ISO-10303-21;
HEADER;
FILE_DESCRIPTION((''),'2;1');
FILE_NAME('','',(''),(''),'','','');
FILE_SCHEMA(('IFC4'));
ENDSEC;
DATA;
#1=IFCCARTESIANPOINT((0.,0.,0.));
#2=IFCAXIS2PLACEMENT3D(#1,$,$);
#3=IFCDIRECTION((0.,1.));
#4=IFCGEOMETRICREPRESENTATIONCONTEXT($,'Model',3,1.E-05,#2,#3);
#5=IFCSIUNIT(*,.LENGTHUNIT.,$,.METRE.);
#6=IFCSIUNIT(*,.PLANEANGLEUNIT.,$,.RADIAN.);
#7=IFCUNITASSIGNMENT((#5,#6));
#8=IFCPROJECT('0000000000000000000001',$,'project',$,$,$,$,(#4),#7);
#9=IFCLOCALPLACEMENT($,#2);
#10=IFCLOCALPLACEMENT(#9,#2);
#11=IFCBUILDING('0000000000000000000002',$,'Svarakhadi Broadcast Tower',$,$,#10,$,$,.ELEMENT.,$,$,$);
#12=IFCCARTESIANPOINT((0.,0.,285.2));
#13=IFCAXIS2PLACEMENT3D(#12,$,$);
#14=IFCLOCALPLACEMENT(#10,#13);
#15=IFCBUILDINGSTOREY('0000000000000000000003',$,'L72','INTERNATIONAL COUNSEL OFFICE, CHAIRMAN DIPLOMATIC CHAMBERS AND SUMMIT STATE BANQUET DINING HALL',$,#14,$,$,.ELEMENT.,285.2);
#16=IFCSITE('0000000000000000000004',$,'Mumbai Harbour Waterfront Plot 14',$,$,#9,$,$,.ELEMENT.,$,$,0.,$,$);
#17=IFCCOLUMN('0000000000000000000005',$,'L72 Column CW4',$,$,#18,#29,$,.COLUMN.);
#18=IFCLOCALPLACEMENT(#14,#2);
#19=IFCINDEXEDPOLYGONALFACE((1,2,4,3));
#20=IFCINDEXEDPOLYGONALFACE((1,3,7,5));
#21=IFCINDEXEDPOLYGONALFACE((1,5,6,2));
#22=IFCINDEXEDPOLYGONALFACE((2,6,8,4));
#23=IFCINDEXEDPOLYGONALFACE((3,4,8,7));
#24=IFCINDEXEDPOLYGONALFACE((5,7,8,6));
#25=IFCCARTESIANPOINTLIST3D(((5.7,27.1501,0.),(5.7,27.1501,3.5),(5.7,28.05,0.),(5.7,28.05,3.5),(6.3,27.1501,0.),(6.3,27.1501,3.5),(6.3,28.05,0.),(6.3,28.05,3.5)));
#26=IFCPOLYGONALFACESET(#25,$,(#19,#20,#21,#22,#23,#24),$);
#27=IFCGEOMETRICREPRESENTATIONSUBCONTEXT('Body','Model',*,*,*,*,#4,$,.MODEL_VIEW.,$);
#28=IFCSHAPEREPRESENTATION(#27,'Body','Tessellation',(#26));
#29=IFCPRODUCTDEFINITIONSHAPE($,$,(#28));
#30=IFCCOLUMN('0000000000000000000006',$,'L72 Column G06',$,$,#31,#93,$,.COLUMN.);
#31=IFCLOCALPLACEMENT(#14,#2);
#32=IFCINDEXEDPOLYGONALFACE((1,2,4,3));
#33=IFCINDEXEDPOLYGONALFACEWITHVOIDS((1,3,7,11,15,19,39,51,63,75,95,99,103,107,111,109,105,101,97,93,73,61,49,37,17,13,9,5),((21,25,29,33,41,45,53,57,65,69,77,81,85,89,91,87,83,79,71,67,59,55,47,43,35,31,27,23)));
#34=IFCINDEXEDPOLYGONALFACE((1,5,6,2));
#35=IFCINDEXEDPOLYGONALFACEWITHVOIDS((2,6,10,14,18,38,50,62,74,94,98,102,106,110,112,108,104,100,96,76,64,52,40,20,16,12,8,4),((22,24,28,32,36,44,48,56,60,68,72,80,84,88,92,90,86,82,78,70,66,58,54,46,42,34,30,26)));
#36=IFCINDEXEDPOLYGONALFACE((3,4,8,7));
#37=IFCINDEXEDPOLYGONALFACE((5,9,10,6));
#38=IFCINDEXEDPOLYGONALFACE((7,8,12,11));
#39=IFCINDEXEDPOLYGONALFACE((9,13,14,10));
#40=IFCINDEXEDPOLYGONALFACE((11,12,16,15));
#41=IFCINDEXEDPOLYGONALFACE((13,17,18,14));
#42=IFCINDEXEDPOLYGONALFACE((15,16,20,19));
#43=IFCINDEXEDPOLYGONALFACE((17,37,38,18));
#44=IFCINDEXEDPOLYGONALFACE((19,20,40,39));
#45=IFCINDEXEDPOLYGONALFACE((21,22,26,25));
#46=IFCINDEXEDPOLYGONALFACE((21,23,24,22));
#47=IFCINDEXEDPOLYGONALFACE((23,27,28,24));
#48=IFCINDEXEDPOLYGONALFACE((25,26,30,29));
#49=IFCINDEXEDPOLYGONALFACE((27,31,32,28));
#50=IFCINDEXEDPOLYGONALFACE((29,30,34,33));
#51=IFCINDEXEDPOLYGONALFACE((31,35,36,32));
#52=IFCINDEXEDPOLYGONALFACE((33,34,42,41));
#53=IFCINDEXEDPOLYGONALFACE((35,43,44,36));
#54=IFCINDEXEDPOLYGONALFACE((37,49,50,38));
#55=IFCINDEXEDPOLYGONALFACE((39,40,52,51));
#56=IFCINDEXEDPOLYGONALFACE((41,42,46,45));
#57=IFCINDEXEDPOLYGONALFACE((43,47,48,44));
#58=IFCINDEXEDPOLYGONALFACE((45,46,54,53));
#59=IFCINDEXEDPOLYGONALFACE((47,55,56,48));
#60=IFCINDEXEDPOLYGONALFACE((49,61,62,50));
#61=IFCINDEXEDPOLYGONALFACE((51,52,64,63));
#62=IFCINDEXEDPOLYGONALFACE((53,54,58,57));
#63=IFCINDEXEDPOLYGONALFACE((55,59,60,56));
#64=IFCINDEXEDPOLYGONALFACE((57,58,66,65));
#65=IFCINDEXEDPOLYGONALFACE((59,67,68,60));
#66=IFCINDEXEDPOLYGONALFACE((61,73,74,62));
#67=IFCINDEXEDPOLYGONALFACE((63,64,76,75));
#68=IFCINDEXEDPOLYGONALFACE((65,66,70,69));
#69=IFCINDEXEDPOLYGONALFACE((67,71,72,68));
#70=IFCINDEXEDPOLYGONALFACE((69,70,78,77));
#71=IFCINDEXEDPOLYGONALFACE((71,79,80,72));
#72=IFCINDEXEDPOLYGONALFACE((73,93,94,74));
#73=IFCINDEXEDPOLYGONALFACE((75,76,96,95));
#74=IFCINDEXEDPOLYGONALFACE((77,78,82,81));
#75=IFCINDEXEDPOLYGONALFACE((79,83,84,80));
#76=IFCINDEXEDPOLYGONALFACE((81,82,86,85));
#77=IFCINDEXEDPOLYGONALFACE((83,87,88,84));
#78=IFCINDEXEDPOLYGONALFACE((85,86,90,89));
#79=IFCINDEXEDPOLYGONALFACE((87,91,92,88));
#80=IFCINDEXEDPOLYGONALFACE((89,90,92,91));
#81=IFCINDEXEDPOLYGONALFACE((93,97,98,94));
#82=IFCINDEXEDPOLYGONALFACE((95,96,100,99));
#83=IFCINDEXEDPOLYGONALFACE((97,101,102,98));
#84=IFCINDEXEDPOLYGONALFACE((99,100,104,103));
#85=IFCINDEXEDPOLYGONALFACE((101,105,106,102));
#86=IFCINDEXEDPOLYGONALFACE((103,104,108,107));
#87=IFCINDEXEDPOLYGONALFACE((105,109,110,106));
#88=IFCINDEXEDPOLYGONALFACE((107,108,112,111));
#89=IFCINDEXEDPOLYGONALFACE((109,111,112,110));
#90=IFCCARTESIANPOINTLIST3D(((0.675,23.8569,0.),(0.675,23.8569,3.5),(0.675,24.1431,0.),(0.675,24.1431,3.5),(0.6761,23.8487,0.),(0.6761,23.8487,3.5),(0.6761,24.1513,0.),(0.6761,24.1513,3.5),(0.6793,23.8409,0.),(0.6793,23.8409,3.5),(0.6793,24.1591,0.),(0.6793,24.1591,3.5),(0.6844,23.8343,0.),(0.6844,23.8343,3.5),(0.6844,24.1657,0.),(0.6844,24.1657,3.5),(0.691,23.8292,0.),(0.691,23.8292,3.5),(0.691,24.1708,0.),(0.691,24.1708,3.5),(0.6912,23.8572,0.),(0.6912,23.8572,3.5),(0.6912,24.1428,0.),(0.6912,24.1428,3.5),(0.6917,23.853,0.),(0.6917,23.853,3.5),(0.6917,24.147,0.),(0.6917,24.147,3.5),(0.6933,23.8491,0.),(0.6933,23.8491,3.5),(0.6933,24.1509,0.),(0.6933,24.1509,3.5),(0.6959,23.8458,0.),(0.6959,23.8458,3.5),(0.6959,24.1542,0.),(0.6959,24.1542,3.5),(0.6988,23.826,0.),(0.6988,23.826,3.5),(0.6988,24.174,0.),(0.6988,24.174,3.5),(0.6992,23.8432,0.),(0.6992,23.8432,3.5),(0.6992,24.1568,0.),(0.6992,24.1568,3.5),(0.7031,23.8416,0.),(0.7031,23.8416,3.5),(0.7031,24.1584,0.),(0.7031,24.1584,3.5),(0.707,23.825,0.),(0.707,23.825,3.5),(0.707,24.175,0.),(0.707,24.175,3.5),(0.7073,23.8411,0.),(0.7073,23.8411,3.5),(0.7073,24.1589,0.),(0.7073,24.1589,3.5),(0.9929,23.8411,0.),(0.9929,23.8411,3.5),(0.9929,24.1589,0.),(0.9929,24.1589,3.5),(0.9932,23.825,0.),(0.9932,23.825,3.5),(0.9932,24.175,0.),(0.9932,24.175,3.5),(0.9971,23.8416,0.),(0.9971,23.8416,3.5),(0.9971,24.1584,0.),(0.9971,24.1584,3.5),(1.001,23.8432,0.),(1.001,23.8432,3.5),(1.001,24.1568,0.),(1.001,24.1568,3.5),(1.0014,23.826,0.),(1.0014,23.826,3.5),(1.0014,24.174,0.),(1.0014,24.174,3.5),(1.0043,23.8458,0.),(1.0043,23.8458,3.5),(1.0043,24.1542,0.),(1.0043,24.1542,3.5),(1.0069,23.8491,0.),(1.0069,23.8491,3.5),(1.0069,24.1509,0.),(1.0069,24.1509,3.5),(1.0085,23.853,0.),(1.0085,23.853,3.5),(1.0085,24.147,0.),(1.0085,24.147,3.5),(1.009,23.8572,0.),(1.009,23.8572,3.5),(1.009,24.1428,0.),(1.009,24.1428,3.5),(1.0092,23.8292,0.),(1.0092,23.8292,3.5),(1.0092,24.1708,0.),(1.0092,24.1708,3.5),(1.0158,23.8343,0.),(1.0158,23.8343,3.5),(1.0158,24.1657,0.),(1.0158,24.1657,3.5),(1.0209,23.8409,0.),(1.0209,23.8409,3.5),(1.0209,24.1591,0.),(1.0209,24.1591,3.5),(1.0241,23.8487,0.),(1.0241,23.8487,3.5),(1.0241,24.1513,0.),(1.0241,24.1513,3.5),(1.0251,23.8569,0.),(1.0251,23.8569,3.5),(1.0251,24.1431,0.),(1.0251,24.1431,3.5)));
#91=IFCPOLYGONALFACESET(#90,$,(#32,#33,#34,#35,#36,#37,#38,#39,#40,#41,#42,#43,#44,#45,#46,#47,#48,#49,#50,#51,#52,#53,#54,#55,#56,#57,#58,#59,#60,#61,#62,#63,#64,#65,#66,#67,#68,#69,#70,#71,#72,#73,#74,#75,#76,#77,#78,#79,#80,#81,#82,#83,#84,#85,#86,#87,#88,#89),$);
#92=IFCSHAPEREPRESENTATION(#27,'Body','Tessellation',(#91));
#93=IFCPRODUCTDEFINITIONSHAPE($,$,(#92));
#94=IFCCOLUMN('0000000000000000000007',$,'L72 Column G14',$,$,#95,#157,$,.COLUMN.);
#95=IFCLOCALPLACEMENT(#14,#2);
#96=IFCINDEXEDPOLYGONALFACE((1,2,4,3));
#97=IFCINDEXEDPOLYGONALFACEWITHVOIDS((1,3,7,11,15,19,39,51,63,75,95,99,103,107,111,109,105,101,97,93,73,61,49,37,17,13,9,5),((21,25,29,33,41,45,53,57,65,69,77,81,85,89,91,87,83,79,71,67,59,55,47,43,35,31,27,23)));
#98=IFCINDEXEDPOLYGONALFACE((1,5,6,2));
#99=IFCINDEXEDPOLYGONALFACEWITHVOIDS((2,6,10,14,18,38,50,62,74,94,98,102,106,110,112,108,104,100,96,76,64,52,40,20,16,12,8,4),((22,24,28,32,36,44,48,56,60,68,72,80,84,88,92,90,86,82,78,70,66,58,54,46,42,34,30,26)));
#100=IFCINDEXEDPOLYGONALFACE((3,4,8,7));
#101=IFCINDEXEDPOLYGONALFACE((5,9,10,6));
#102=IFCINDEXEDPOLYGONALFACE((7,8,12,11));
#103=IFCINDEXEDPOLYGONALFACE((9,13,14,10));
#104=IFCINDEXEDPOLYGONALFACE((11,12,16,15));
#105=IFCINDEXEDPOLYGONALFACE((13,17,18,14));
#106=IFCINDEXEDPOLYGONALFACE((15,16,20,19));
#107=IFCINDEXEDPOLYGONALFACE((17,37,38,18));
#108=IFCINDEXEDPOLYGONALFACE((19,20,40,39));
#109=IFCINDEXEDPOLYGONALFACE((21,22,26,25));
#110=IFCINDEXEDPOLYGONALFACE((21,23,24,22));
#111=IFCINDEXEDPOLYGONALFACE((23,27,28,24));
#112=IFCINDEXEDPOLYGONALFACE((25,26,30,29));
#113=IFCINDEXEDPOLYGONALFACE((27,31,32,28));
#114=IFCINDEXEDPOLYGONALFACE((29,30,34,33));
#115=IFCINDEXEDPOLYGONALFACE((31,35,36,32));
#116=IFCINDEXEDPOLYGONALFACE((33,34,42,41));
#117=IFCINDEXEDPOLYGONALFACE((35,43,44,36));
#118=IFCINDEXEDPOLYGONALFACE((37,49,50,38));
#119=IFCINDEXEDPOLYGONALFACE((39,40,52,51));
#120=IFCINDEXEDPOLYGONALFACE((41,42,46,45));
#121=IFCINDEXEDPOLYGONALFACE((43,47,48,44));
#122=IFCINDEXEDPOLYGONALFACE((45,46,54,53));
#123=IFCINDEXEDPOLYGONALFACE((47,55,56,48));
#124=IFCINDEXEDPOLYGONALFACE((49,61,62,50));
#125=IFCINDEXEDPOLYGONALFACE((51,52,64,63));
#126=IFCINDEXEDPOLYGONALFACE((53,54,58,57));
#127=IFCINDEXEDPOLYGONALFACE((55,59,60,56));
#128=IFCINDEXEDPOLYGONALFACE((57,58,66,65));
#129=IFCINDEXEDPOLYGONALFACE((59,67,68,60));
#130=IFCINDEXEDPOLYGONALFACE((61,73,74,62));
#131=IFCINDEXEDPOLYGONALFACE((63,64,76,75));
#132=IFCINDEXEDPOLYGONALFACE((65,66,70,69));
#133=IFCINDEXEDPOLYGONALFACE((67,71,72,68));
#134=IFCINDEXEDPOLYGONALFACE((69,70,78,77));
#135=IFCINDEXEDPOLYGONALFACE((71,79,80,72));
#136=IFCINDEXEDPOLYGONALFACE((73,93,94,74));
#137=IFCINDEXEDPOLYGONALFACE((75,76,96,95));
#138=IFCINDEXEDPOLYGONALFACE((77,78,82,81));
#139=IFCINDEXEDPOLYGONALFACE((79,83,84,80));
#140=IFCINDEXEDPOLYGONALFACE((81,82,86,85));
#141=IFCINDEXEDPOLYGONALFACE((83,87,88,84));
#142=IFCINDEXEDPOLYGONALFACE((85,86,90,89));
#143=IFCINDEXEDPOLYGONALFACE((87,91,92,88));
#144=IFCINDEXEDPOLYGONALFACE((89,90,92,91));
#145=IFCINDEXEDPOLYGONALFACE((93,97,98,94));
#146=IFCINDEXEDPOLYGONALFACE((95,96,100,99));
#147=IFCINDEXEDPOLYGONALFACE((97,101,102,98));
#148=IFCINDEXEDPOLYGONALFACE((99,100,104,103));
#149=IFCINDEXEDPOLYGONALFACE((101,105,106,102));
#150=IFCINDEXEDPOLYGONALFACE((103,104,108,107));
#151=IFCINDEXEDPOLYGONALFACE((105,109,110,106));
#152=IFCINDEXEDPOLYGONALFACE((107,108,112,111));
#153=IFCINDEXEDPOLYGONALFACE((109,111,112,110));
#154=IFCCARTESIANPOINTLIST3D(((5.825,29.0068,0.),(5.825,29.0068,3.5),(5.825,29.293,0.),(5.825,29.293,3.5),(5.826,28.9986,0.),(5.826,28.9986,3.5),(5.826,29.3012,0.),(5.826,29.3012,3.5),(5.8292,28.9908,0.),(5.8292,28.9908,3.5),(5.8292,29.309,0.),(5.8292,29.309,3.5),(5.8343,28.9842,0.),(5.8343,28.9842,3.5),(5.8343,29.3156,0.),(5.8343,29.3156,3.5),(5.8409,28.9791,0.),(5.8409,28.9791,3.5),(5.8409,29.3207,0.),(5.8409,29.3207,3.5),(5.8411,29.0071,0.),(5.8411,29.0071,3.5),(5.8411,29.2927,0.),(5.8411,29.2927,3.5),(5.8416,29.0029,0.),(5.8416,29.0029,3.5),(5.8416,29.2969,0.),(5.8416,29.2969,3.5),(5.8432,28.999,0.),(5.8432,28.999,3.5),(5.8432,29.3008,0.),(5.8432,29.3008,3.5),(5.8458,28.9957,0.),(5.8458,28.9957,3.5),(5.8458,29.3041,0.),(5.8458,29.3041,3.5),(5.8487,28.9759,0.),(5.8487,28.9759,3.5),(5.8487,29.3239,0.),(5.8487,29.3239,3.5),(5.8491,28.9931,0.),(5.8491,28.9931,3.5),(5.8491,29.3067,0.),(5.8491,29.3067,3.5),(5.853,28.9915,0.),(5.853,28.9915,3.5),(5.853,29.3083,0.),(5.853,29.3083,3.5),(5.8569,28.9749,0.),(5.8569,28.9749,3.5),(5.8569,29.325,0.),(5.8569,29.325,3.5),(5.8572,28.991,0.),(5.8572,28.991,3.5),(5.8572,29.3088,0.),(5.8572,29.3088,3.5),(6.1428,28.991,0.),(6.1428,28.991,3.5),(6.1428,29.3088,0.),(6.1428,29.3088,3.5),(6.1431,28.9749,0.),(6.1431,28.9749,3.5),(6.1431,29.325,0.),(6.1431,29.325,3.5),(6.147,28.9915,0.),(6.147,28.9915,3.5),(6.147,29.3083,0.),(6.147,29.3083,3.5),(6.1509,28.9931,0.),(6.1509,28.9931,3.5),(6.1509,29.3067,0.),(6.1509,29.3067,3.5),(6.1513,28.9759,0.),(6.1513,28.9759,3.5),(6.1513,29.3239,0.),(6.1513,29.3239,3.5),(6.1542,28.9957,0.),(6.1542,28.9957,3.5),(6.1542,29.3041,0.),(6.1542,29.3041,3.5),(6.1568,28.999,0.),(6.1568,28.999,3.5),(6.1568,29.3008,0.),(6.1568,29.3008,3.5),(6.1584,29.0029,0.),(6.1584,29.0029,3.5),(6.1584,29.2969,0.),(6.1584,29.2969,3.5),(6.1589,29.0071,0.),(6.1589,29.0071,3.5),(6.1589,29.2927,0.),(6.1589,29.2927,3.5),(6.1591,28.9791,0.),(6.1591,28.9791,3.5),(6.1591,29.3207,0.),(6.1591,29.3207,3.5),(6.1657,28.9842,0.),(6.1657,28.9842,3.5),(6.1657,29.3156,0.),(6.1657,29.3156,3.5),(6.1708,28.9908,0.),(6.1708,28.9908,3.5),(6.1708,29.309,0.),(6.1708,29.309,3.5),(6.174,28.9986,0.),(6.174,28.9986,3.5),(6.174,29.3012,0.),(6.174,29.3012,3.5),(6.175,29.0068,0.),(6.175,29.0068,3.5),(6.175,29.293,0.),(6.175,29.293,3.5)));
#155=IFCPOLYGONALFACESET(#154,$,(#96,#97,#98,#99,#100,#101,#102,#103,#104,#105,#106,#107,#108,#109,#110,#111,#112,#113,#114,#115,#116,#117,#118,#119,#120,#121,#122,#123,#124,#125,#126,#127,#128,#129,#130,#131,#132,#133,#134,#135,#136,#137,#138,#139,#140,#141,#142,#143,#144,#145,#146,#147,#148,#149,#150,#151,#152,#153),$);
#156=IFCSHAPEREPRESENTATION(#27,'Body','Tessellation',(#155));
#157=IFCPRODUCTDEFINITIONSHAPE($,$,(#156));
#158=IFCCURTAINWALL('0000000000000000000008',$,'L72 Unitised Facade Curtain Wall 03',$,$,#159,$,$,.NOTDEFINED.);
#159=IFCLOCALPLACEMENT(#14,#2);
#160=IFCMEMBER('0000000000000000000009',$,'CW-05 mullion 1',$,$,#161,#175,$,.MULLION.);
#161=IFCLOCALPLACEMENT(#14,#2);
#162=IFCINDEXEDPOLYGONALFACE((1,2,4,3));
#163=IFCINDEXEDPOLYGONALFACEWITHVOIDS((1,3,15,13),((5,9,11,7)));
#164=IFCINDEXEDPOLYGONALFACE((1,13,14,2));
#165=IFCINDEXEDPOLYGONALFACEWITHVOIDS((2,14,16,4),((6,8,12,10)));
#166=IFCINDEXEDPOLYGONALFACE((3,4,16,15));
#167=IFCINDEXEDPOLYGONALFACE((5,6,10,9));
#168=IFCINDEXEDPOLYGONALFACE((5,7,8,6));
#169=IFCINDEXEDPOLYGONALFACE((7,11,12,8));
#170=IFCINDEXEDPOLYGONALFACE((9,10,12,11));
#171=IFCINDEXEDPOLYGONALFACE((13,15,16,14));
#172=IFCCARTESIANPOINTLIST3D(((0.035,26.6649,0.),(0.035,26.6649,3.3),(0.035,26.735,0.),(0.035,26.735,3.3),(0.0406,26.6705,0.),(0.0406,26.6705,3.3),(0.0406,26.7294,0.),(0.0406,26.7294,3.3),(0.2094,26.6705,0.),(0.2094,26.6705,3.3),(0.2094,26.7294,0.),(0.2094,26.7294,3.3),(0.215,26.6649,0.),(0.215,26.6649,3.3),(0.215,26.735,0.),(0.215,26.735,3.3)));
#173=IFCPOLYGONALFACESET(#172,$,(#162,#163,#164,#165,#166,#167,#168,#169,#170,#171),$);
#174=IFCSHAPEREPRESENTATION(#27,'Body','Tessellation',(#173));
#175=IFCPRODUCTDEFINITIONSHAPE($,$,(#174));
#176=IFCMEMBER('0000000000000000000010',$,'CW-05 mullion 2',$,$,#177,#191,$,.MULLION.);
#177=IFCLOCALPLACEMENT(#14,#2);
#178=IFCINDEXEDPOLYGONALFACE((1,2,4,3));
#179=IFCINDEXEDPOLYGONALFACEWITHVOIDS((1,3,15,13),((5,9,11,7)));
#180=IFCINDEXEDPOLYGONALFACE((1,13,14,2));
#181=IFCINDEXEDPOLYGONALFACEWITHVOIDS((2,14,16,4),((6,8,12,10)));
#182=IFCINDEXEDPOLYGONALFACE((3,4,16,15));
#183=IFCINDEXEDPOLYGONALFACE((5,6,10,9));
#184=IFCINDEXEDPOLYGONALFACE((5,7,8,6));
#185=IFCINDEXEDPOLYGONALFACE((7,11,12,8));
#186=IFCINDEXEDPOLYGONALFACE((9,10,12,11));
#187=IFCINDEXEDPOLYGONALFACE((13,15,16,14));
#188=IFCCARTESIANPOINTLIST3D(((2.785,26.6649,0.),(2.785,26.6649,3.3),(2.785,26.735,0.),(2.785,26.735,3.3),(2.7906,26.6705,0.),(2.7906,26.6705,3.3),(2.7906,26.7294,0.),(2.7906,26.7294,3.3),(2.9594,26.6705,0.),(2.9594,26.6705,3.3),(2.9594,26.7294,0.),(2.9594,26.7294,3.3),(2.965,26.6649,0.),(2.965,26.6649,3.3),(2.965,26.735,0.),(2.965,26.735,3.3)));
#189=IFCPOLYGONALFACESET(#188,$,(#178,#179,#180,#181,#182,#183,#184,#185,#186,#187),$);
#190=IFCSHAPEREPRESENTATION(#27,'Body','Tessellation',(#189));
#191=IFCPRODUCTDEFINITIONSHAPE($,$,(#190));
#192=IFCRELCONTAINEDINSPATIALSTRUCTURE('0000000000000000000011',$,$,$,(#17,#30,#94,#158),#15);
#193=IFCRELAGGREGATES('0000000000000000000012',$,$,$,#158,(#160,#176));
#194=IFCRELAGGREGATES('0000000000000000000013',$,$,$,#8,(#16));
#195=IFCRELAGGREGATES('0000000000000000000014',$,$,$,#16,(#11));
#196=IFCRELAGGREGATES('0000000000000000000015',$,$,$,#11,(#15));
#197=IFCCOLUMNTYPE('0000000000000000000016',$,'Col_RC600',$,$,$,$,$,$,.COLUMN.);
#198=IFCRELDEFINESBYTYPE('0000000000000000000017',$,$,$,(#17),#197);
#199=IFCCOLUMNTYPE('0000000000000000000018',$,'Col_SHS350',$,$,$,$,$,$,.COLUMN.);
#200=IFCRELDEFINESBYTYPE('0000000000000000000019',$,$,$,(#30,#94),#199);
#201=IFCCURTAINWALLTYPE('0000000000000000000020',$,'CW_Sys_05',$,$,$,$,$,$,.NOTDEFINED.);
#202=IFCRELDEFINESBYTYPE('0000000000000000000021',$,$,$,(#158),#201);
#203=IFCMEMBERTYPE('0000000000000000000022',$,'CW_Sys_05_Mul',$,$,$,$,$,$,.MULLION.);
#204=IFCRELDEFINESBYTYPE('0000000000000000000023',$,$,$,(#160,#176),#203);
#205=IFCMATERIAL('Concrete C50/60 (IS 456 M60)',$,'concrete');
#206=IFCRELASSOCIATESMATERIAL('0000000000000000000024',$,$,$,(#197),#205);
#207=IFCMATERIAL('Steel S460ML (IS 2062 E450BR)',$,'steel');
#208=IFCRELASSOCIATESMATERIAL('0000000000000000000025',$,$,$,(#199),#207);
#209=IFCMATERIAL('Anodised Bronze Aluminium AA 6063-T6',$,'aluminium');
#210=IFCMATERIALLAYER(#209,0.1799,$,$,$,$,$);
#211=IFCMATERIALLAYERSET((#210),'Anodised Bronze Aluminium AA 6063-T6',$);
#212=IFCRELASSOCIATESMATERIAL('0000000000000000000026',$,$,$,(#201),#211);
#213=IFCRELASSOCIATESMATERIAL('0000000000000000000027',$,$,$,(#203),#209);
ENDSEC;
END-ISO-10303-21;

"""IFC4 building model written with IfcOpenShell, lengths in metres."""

from ifc_helpers import new_model, si_unit, direction, frame, origin, origin_2d, place, context, subcontext, project, spatial, rectangle, hollow_rectangle, extrude, material, layer, layer_set, material_profile, profile_set, type_object, element, aggregate, save


model = new_model("IFC4")

# Units and contexts
model_context = context("Model", 3, precision=1e-05, world=origin(), true_north=direction((0.0, 1.0)))
body_context = subcontext(model_context, "Body", "Model", "MODEL_VIEW")
ifc_project = project(units=[si_unit("LENGTHUNIT", "METRE"), si_unit("PLANEANGLEUNIT", "RADIAN")], contexts=[model_context])

# Site, building, storey
site_placement = place(None, origin())
site = spatial("IfcSite", under=ifc_project, at=site_placement, Name="Mumbai Harbour Waterfront Plot 14", CompositionType="ELEMENT", RefElevation=0.0)
building_placement = place(site_placement, origin())
building = spatial("IfcBuilding", under=site, at=building_placement, Name="Svarakhadi Broadcast Tower", CompositionType="ELEMENT")
storey_placement = place(building_placement, frame((0.0, 0.0, 285.2)))
storey = spatial("IfcBuildingStorey", under=building, at=storey_placement, Name="L72", Description="INTERNATIONAL COUNSEL OFFICE, CHAIRMAN DIPLOMATIC CHAMBERS AND SUMMIT STATE BANQUET DINING HALL", CompositionType="ELEMENT", Elevation=285.2)

# Columns
ifc_material_1 = material(Name="Concrete C50/60 (IS 456 M60)", Category="concrete")
ifc_material_profile_1 = material_profile(ifc_material_1, rectangle(XDim=0.6001, YDim=0.8999, at=origin_2d()), Name="RC 600x900")
ifc_profile_set_1 = profile_set([ifc_material_profile_1], Name="Concrete C50/60 (IS 456 M60)")
column_type_1 = type_object("IfcColumnType", Name="Col_RC600", PredefinedType="COLUMN", material=ifc_profile_set_1)
column_placement = place(storey_placement, frame((6.0, 27.6001, 0.0), z_axis=(0.0, 0.0, 1.0), x_axis=(1.0, 0.0, 0.0)))
element("IfcColumn", 1, at=column_placement, inside=storey, type_object=column_type_1, Name="L72 Column CW4", PredefinedType="COLUMN", context=body_context, shape_type="SweptSolid", body=[
    extrude(rectangle(XDim=0.6001, YDim=0.8999, at=origin_2d()), origin(), (0.0, 0.0, 1.0), 3.5),
])
ifc_material_2 = material(Name="Steel S460ML (IS 2062 E450BR)", Category="steel")
ifc_material_profile_2 = material_profile(ifc_material_2, hollow_rectangle(XDim=0.3501, YDim=0.3501, WallThickness=0.0161, InnerFilletRadius=0.0161, OuterFilletRadius=0.032, at=origin_2d()), Name="SHS 350x350x16")
ifc_profile_set_2 = profile_set([ifc_material_profile_2], Name="Steel S460ML (IS 2062 E450BR)")
column_type_2 = type_object("IfcColumnType", Name="Col_SHS350", PredefinedType="COLUMN", material=ifc_profile_set_2)
for number, where, z_axis, x_axis, name in (
    (2, (0.8501, 24.0, 0.0), (0.0, 0.0, 1.0), (1.0, 0.0, 0.0), "L72 Column G06"),
    (3, (6.0, 29.1499, 0.0), (0.0, 0.0, 1.0), (1.0, 0.0, 0.0), "L72 Column G14"),
):
    element("IfcColumn", number, at=place(storey_placement, frame(where, z_axis=z_axis, x_axis=x_axis)), inside=storey, type_object=column_type_2, Name=name, PredefinedType="COLUMN", context=body_context, shape_type="SweptSolid", body=[
        extrude(hollow_rectangle(XDim=0.3501, YDim=0.3501, WallThickness=0.0161, InnerFilletRadius=0.0161, OuterFilletRadius=0.032, at=origin_2d()), origin(), (0.0, 0.0, 1.0), 3.5),
    ])

# Curtain wall, members
ifc_material_3 = material(Name="Anodised Bronze Aluminium AA 6063-T6", Category="aluminium")
ifc_layer_1 = layer(ifc_material_3, 0.1799)
ifc_layer_set_1 = layer_set([ifc_layer_1], Name="Anodised Bronze Aluminium AA 6063-T6")
curtain_wall_type = type_object("IfcCurtainWallType", Name="CW_Sys_05", PredefinedType="NOTDEFINED", material=ifc_layer_set_1)
curtain_wall_1_placement = place(storey_placement, origin())
curtain_wall_1 = element("IfcCurtainWall", 4, at=curtain_wall_1_placement, inside=storey, type_object=curtain_wall_type, Name="L72 Unitised Facade Curtain Wall 03", PredefinedType="NOTDEFINED")
ifc_material_profile_3 = material_profile(ifc_material_3, hollow_rectangle(XDim=0.0701, YDim=0.1799, WallThickness=0.0056, at=origin_2d()), Name="ALU MULLION 180x70x6")
ifc_profile_set_3 = profile_set([ifc_material_profile_3], Name="Anodised Bronze Aluminium AA 6063-T6")
member_type_1 = type_object("IfcMemberType", Name="CW_Sys_05_Mul", PredefinedType="MULLION", material=ifc_profile_set_3)
member_1_placement = place(storey_placement, frame((0.125, 26.7, 0.0), z_axis=(0.0, 0.0, 1.0), x_axis=(0.0, 1.0, 0.0)))
member_1 = element("IfcMember", 5, at=member_1_placement, type_object=member_type_1, Name="CW-05 mullion 1", PredefinedType="MULLION", context=body_context, shape_type="SweptSolid", body=[
    extrude(hollow_rectangle(XDim=0.0701, YDim=0.1799, WallThickness=0.0056, at=origin_2d()), origin(), (0.0, 0.0, 1.0), 3.3),
])
member_2_placement = place(storey_placement, frame((2.875, 26.7, 0.0), z_axis=(0.0, 0.0, 1.0), x_axis=(0.0, 1.0, 0.0)))
member_2 = element("IfcMember", 6, at=member_2_placement, type_object=member_type_1, Name="CW-05 mullion 2", PredefinedType="MULLION", context=body_context, shape_type="SweptSolid", body=[
    extrude(hollow_rectangle(XDim=0.0701, YDim=0.1799, WallThickness=0.0056, at=origin_2d()), origin(), (0.0, 0.0, 1.0), 3.3),
])

aggregate(curtain_wall_1, [member_1, member_2])

save(model, "model.ifc")
